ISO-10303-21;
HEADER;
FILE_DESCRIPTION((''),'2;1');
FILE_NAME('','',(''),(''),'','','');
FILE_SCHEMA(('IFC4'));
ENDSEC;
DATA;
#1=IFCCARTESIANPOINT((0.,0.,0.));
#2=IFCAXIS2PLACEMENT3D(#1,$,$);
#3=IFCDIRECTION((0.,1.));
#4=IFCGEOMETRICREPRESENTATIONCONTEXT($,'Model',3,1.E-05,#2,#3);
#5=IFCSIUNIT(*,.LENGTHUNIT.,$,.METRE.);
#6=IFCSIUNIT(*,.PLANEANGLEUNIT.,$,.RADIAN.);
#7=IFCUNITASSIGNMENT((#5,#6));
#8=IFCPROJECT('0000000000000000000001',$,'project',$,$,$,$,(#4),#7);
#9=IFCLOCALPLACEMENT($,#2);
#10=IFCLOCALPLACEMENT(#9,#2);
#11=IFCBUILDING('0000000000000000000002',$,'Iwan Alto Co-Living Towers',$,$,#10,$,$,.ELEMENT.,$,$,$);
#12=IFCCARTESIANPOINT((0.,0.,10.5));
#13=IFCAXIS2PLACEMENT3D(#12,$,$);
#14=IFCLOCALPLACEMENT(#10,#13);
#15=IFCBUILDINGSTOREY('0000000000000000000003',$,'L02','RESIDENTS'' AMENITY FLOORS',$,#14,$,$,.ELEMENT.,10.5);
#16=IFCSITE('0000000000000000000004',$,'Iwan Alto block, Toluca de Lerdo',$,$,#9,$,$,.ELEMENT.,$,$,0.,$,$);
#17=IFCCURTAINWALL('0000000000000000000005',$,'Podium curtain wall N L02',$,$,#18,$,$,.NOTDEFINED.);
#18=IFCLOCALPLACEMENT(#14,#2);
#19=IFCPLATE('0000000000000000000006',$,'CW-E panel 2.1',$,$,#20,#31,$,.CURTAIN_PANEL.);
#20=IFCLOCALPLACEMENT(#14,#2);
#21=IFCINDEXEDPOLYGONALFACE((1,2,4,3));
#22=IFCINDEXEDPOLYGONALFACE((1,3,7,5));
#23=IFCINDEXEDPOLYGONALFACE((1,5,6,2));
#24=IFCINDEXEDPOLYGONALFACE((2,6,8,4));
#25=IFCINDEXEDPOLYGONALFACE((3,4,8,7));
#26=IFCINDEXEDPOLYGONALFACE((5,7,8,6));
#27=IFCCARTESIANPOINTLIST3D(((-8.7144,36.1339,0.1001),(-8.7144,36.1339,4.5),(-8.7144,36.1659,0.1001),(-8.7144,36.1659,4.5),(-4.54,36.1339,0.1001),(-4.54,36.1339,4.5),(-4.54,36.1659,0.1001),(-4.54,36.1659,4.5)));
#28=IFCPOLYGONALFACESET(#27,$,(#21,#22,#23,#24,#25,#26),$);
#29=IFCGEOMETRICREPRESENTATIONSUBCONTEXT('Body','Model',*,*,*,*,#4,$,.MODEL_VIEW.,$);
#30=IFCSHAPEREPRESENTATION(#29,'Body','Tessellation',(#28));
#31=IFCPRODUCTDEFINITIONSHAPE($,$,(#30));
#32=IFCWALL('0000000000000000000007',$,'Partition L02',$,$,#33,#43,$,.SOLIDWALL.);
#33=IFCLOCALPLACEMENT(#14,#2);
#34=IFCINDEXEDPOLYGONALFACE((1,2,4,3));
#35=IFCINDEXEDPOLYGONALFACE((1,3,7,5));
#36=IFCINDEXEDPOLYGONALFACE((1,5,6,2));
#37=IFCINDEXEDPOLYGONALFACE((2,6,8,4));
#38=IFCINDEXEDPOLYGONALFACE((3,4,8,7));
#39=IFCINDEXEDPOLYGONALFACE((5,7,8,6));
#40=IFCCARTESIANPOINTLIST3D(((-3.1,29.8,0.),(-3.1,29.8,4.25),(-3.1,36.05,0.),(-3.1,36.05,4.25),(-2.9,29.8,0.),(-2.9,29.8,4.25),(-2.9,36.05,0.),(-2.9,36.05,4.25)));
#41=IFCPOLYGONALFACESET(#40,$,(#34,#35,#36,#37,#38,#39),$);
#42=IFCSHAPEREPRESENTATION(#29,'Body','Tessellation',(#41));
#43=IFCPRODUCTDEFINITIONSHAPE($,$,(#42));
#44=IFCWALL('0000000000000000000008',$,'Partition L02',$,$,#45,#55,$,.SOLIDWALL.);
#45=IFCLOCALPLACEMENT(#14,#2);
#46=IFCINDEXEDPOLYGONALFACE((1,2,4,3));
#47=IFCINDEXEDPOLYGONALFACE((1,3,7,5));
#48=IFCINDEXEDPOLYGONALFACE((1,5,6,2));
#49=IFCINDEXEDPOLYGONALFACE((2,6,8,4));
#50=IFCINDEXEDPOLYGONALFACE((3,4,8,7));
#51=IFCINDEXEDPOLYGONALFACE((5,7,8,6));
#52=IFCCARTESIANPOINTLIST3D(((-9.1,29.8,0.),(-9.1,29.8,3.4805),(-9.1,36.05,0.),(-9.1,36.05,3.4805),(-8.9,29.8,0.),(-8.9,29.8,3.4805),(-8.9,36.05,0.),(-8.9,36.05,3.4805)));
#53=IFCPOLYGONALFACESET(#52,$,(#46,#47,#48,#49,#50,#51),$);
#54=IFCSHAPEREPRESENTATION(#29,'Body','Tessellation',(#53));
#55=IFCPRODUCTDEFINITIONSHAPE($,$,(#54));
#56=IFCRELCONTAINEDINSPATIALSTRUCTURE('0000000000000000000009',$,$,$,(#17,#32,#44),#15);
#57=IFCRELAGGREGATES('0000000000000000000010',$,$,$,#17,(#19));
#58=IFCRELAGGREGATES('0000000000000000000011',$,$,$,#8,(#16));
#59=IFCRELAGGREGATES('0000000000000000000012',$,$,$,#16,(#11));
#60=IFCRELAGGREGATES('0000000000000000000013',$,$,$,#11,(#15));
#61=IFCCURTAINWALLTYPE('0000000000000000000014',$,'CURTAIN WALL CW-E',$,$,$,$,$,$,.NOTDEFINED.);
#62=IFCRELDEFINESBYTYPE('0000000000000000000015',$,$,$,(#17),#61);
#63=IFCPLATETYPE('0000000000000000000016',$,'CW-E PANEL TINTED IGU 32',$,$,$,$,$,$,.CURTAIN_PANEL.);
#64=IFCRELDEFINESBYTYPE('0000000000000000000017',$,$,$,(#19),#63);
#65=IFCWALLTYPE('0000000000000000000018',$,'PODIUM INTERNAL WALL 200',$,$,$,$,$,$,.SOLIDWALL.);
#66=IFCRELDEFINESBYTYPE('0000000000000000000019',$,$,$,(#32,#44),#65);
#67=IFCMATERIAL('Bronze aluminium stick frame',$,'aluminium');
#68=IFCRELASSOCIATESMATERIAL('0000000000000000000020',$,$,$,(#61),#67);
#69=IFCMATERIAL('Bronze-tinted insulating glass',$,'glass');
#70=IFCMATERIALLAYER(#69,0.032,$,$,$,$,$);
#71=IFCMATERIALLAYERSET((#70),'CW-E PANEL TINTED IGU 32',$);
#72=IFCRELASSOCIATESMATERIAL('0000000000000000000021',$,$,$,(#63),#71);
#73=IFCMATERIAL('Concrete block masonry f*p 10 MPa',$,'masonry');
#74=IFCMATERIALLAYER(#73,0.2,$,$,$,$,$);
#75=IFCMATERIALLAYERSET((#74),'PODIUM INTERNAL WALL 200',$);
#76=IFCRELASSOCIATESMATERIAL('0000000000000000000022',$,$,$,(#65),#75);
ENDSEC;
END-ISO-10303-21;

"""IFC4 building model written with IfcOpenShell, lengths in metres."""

from ifc_helpers import new_model, si_unit, direction, frame, frame_2d, origin, origin_2d, place, context, subcontext, project, spatial, rectangle, extrude, material, layer, layer_set, type_object, element, aggregate, save


model = new_model("IFC4")

# Units and contexts
model_context = context("Model", 3, precision=1e-05, world=origin(), true_north=direction((0.0, 1.0)))
body_context = subcontext(model_context, "Body", "Model", "MODEL_VIEW")
ifc_project = project(units=[si_unit("LENGTHUNIT", "METRE"), si_unit("PLANEANGLEUNIT", "RADIAN")], contexts=[model_context])

# Site, building, storey
site_placement = place(None, origin())
site = spatial("IfcSite", under=ifc_project, at=site_placement, Name="Iwan Alto block, Toluca de Lerdo", CompositionType="ELEMENT", RefElevation=0.0)
building_placement = place(site_placement, origin())
building = spatial("IfcBuilding", under=site, at=building_placement, Name="Iwan Alto Co-Living Towers", CompositionType="ELEMENT")
storey_placement = place(building_placement, frame((0.0, 0.0, 10.5)))
storey = spatial("IfcBuildingStorey", under=building, at=storey_placement, Name="L02", Description="RESIDENTS' AMENITY FLOORS", CompositionType="ELEMENT", Elevation=10.5)

# Shared definitions
ifc_material_1 = material(Name="Bronze aluminium stick frame", Category="aluminium")
curtain_wall_type = type_object("IfcCurtainWallType", Name="CURTAIN WALL CW-E", PredefinedType="NOTDEFINED", material=ifc_material_1)

# Curtain wall
curtain_wall_1_placement = place(storey_placement, origin())
curtain_wall_1 = element("IfcCurtainWall", 1, at=curtain_wall_1_placement, inside=storey, type_object=curtain_wall_type, Name="Podium curtain wall N L02", PredefinedType="NOTDEFINED")

# Plate
ifc_material_2 = material(Name="Bronze-tinted insulating glass", Category="glass")
ifc_layer_1 = layer(ifc_material_2, 0.032)
ifc_layer_set_1 = layer_set([ifc_layer_1], Name="CW-E PANEL TINTED IGU 32")
plate_type = type_object("IfcPlateType", Name="CW-E PANEL TINTED IGU 32", PredefinedType="CURTAIN_PANEL", material=ifc_layer_set_1)
plate_1_placement = place(storey_placement, frame((-6.6272, 36.1499, 0.1001), z_axis=(0.0, 0.0, 1.0), x_axis=(-1.0, 0.0, 0.0)))
plate_1 = element("IfcPlate", 2, at=plate_1_placement, type_object=plate_type, Name="CW-E panel 2.1", PredefinedType="CURTAIN_PANEL", context=body_context, shape_type="SweptSolid", body=[
    extrude(rectangle(XDim=4.1743, YDim=0.032, at=origin_2d()), origin(), (0.0, 0.0, 1.0), 4.3999),
])
aggregate(curtain_wall_1, [plate_1])

# Walls
ifc_material_3 = material(Name="Concrete block masonry f*p 10 MPa", Category="masonry")
ifc_layer_2 = layer(ifc_material_3, 0.2)
ifc_layer_set_2 = layer_set([ifc_layer_2], Name="PODIUM INTERNAL WALL 200")
wall_type = type_object("IfcWallType", Name="PODIUM INTERNAL WALL 200", PredefinedType="SOLIDWALL", material=ifc_layer_set_2)
wall_1_placement = place(storey_placement, frame((-3.0, 29.8, 0.0), z_axis=(0.0, 0.0, 1.0), x_axis=(0.0, 1.0, 0.0)))
element("IfcWall", 3, at=wall_1_placement, inside=storey, type_object=wall_type, Name="Partition L02", PredefinedType="SOLIDWALL", context=body_context, shape_type="SweptSolid", body=[
    extrude(rectangle(XDim=6.25, YDim=0.2, at=frame_2d((3.125, 0.0))), origin(), (0.0, 0.0, 1.0), 4.25),
])
wall_2_placement = place(storey_placement, frame((-9.0, 29.8, 0.0), z_axis=(0.0, 0.0, 1.0), x_axis=(0.0, 1.0, 0.0)))
element("IfcWall", 4, at=wall_2_placement, inside=storey, type_object=wall_type, Name="Partition L02", PredefinedType="SOLIDWALL", context=body_context, shape_type="SweptSolid", body=[
    extrude(rectangle(XDim=6.25, YDim=0.2, at=frame_2d((3.125, 0.0))), origin(), (0.0, 0.0, 1.0), 3.4805),
])

save(model, "model.ifc")
